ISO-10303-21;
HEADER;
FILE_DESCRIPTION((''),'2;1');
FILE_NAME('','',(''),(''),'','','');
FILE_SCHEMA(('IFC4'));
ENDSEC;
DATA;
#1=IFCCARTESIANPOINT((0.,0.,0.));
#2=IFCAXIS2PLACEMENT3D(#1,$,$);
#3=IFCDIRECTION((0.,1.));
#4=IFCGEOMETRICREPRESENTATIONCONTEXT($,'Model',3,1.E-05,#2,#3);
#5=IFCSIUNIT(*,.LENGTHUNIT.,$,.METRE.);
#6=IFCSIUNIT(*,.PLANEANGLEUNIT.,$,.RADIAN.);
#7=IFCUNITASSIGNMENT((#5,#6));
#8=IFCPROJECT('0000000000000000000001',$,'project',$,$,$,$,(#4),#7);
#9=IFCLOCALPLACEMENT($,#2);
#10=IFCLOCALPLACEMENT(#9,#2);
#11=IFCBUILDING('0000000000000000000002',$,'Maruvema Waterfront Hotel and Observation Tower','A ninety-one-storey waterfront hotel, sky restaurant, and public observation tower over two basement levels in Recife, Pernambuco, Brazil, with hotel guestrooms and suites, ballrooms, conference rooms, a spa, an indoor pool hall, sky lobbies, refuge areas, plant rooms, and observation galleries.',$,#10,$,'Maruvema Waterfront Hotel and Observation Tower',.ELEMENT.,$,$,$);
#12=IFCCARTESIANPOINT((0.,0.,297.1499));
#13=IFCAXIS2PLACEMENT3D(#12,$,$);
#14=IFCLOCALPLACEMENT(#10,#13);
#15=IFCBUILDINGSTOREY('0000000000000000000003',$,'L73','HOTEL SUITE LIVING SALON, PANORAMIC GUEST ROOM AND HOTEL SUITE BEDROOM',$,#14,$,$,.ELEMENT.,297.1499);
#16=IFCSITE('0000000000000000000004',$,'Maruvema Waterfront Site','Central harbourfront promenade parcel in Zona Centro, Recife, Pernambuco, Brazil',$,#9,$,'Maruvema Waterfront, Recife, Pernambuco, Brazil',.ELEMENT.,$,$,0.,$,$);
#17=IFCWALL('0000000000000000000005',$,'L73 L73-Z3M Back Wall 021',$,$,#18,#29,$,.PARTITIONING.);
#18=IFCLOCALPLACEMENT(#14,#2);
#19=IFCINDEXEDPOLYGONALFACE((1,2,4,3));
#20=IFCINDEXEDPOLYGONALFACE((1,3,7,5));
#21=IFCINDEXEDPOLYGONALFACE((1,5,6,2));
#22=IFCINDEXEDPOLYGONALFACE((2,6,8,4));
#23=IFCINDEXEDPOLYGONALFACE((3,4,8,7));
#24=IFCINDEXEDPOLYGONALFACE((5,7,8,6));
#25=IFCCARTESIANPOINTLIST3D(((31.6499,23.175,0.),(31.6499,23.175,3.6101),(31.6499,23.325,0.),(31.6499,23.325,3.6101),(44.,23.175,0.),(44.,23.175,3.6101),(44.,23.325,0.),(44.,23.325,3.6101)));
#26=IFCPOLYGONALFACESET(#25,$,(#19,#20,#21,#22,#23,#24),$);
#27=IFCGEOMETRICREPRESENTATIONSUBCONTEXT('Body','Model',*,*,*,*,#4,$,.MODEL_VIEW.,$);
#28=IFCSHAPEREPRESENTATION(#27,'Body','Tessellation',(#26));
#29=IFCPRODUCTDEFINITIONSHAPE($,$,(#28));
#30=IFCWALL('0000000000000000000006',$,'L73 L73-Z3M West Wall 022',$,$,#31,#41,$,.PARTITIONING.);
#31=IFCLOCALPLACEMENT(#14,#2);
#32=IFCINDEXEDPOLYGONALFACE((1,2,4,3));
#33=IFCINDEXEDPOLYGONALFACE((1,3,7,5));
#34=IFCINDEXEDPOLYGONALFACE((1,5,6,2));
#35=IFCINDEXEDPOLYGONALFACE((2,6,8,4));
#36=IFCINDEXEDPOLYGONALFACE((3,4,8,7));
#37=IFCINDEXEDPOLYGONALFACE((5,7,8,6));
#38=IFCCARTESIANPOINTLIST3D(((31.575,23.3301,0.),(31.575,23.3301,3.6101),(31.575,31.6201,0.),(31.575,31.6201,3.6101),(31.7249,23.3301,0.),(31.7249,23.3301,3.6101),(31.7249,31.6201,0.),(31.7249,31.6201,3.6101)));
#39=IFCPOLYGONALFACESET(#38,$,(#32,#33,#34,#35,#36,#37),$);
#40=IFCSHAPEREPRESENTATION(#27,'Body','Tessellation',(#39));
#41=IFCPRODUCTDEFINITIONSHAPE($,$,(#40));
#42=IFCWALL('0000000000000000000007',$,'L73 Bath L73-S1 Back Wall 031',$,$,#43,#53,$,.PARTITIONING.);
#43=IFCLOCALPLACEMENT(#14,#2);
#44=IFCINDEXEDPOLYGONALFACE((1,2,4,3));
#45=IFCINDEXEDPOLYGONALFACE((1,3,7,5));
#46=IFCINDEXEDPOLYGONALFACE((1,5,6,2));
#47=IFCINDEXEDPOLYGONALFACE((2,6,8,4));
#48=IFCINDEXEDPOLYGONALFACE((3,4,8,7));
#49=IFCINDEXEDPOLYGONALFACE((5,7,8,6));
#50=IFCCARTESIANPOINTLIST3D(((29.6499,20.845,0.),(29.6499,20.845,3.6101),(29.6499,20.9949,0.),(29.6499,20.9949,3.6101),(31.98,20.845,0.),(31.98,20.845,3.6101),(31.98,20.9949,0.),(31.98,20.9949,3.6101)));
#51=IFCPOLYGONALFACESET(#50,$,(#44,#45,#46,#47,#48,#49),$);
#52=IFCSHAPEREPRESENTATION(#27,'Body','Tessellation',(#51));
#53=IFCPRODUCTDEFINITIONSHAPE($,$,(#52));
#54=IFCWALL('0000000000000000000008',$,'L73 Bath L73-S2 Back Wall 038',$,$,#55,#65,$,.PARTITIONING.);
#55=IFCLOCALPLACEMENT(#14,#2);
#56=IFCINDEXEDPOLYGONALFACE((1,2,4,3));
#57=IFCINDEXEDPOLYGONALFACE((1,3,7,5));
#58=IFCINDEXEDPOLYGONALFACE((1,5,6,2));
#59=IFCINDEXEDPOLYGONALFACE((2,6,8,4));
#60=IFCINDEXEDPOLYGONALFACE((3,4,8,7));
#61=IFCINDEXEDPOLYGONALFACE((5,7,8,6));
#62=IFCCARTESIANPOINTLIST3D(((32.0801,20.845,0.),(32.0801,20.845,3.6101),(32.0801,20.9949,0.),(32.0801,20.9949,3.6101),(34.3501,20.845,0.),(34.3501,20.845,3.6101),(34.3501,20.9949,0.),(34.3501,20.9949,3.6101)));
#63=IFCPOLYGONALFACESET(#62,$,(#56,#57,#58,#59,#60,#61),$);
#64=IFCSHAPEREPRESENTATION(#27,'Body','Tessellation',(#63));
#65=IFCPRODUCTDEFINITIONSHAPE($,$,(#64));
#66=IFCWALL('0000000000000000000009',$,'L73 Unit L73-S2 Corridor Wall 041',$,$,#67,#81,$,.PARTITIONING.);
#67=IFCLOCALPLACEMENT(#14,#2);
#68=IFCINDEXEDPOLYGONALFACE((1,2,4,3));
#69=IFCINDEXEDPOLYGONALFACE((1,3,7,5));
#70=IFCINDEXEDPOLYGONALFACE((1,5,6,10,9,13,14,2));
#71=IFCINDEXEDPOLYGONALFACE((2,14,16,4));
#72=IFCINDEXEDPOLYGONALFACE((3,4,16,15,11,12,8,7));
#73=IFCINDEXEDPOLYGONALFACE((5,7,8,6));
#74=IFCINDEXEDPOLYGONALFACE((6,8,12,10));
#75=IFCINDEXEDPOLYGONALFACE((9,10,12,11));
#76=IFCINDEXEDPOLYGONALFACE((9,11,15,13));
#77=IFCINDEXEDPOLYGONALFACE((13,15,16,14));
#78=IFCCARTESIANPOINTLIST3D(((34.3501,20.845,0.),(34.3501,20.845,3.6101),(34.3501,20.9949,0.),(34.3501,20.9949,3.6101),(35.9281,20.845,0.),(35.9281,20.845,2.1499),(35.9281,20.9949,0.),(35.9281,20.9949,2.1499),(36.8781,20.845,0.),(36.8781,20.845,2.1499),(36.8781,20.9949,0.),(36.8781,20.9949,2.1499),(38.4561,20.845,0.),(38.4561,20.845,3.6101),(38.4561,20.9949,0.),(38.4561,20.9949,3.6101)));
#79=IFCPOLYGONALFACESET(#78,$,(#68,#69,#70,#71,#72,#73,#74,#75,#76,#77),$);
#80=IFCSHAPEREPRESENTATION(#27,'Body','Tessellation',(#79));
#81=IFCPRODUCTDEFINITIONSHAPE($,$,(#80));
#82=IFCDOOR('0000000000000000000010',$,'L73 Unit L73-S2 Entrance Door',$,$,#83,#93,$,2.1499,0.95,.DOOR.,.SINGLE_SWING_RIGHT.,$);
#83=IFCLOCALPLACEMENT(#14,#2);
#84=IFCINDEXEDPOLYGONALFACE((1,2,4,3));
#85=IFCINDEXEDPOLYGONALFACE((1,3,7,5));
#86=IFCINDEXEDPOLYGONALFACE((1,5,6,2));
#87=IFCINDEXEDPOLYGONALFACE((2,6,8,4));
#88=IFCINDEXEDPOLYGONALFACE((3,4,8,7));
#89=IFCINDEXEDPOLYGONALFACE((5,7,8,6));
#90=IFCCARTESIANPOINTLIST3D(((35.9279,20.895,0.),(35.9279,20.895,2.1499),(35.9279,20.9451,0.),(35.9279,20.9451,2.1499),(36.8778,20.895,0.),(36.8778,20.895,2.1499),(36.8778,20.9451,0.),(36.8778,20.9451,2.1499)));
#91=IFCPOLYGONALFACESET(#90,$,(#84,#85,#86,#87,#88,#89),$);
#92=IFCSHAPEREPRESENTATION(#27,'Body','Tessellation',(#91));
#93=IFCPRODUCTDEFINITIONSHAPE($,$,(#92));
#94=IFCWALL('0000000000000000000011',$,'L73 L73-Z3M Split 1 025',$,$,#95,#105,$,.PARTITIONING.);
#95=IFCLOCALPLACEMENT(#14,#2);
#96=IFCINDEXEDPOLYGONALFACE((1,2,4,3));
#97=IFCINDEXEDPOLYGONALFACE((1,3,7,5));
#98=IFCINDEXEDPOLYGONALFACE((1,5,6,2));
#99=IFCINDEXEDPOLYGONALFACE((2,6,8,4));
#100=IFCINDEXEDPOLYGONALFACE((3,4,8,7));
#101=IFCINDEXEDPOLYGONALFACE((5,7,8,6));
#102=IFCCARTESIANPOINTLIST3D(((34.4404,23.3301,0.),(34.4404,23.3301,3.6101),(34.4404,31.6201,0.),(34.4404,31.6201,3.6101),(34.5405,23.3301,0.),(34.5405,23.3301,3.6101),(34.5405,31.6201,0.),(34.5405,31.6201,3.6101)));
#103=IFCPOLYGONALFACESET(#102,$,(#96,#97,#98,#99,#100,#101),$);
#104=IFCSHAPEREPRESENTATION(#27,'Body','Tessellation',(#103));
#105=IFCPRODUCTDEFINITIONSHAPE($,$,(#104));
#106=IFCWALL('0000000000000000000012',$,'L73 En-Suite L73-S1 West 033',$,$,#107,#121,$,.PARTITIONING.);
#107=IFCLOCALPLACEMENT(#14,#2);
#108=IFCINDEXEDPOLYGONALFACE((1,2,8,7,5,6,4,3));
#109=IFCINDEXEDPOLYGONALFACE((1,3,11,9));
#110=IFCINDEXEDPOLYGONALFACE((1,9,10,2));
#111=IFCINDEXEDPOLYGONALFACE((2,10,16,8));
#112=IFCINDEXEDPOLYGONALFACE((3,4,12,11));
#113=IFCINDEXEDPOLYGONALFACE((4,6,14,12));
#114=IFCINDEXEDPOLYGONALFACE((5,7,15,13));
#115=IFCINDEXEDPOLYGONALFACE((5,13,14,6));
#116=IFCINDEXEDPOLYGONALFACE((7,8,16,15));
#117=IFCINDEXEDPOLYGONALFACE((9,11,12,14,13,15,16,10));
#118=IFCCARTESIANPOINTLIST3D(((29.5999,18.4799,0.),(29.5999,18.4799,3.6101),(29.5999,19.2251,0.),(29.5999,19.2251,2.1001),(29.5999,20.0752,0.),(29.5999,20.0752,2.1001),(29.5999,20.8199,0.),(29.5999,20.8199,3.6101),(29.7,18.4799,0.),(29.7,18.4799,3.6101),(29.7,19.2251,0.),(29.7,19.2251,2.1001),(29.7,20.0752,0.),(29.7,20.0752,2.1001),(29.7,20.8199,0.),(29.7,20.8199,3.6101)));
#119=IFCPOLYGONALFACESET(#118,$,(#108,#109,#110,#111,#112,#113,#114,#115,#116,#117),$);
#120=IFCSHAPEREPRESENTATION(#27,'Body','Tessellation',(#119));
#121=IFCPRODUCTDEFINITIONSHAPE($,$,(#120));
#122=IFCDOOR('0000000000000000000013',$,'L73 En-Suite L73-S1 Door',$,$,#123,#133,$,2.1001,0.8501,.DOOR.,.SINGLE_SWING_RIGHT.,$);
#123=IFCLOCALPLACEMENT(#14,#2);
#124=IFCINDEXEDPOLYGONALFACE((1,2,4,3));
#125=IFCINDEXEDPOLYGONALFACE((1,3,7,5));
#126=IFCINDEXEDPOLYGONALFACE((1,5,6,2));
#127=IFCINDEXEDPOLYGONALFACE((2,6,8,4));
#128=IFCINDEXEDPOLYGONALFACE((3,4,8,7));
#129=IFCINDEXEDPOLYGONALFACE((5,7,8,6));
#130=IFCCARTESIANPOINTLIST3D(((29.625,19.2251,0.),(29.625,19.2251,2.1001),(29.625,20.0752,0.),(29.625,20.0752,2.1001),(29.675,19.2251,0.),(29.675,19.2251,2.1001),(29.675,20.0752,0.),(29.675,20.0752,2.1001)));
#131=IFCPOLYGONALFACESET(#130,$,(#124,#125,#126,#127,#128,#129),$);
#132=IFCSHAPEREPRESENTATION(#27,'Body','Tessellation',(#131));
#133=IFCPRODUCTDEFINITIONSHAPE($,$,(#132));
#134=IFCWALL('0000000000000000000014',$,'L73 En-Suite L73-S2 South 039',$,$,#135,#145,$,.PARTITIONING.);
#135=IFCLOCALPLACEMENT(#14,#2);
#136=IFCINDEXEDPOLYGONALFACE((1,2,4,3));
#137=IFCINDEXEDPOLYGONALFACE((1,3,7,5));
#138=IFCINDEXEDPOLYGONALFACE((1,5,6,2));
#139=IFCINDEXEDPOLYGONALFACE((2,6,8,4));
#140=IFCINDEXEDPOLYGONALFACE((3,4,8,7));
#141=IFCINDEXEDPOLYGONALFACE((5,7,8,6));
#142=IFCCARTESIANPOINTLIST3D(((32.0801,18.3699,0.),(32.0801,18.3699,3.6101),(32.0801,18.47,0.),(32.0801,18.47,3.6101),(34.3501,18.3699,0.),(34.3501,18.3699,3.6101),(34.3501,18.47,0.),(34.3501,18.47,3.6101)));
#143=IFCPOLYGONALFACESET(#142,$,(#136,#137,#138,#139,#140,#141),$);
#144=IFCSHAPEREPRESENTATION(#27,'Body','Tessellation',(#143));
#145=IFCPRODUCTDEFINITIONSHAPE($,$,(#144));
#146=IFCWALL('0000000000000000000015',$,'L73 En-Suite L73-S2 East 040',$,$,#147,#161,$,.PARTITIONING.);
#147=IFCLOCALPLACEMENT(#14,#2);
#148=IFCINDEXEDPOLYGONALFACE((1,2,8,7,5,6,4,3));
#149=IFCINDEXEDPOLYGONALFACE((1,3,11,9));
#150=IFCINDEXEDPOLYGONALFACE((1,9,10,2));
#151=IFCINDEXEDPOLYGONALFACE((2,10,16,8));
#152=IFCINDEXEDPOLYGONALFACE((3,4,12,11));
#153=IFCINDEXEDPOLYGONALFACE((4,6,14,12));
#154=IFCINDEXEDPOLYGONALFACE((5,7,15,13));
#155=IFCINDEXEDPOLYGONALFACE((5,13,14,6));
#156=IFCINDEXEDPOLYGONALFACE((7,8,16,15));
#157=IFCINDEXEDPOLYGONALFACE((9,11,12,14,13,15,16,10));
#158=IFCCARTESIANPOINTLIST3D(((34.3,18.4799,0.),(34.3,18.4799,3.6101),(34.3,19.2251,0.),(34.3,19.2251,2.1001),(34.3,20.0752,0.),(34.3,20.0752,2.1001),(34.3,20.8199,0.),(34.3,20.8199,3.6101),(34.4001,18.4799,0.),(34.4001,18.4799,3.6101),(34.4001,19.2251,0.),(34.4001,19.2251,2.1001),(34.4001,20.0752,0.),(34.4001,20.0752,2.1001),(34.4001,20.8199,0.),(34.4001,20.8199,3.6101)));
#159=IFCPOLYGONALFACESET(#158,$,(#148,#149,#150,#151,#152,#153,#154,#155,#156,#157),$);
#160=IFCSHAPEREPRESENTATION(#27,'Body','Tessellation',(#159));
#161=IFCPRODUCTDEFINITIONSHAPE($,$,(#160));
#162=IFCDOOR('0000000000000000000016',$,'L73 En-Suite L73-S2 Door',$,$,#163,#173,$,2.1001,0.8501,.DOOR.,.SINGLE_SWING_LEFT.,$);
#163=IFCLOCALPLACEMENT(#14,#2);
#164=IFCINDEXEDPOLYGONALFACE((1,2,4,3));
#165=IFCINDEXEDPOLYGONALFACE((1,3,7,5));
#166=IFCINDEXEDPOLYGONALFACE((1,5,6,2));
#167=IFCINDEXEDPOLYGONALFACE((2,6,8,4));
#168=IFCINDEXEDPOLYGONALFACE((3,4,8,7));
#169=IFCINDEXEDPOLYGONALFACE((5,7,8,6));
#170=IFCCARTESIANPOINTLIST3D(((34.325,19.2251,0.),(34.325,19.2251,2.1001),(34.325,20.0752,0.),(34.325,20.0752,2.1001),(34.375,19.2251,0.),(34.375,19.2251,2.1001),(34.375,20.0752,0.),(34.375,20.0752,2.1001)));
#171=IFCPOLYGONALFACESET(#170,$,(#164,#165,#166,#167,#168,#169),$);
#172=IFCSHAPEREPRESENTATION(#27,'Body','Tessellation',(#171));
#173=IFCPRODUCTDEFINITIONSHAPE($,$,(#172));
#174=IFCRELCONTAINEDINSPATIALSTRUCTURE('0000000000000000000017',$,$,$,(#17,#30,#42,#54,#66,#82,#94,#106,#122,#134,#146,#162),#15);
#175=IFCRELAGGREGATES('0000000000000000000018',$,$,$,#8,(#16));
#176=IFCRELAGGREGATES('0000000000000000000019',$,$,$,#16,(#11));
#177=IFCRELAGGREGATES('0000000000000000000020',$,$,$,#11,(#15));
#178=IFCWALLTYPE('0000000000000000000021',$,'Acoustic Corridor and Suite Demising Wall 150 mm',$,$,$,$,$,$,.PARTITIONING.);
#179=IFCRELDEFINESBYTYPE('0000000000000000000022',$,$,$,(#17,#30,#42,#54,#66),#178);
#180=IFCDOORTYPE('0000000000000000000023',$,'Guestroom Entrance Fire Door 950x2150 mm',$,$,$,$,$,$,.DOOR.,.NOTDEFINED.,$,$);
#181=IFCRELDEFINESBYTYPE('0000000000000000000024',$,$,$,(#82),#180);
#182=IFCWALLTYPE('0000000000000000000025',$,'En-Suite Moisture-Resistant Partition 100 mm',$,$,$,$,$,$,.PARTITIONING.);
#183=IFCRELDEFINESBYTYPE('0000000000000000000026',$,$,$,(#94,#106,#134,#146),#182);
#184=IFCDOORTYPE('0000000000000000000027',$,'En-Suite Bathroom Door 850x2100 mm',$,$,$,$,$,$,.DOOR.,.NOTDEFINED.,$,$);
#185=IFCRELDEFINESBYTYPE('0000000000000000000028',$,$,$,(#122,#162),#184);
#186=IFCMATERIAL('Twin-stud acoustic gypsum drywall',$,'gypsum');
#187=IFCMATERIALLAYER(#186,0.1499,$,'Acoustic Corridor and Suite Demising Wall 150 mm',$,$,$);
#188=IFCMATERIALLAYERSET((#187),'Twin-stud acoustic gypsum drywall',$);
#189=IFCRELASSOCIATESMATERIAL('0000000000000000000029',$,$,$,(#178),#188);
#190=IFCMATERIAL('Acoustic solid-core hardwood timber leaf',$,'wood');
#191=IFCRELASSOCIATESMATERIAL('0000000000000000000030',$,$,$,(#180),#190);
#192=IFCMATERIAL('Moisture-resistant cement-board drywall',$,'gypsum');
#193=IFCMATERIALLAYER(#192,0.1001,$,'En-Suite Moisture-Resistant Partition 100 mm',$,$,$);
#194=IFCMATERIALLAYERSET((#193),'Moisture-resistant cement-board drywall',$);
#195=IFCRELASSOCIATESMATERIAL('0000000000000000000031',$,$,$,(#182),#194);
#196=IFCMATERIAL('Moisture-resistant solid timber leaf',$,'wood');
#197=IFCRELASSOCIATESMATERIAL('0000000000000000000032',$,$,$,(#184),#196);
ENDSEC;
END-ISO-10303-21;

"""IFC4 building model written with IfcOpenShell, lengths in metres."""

from ifc_helpers import new_model, si_unit, direction, frame, frame_2d, origin, place, context, subcontext, project, spatial, rectangle, extrude, material, layer, layer_set, type_object, element, fill, save


model = new_model("IFC4")

# Units and contexts
model_context = context("Model", 3, precision=1e-05, world=origin(), true_north=direction((0.0, 1.0)))
body_context = subcontext(model_context, "Body", "Model", "MODEL_VIEW")
ifc_project = project(units=[si_unit("LENGTHUNIT", "METRE"), si_unit("PLANEANGLEUNIT", "RADIAN")], contexts=[model_context])

# Site, building, storey
site_placement = place(None, origin())
site = spatial("IfcSite", under=ifc_project, at=site_placement, Name="Maruvema Waterfront Site", Description="Central harbourfront promenade parcel in Zona Centro, Recife, Pernambuco, Brazil", LongName="Maruvema Waterfront, Recife, Pernambuco, Brazil", CompositionType="ELEMENT", RefElevation=0.0)
building_placement = place(site_placement, origin())
building = spatial("IfcBuilding", under=site, at=building_placement, Name="Maruvema Waterfront Hotel and Observation Tower", Description="A ninety-one-storey waterfront hotel, sky restaurant, and public observation tower over two basement levels in Recife, Pernambuco, Brazil, with hotel guestrooms and suites, ballrooms, conference rooms, a spa, an indoor pool hall, sky lobbies, refuge areas, plant rooms, and observation galleries.", LongName="Maruvema Waterfront Hotel and Observation Tower", CompositionType="ELEMENT")
storey_placement = place(building_placement, frame((0.0, 0.0, 297.1499)))
storey = spatial("IfcBuildingStorey", under=building, at=storey_placement, Name="L73", Description="HOTEL SUITE LIVING SALON, PANORAMIC GUEST ROOM AND HOTEL SUITE BEDROOM", CompositionType="ELEMENT", Elevation=297.1499)

# Walls
ifc_material_1 = material(Name="Twin-stud acoustic gypsum drywall", Category="gypsum")
ifc_layer_1 = layer(ifc_material_1, 0.1499, Name="Acoustic Corridor and Suite Demising Wall 150 mm")
ifc_layer_set_1 = layer_set([ifc_layer_1], Name="Twin-stud acoustic gypsum drywall")
wall_type_1 = type_object("IfcWallType", Name="Acoustic Corridor and Suite Demising Wall 150 mm", PredefinedType="PARTITIONING", material=ifc_layer_set_1)
wall_1_placement = place(storey_placement, frame((31.6499, 23.25, 0.0), z_axis=(0.0, 0.0, 1.0), x_axis=(1.0, 0.0, 0.0)))
element("IfcWall", 1, at=wall_1_placement, inside=storey, type_object=wall_type_1, Name="L73 L73-Z3M Back Wall 021", PredefinedType="PARTITIONING", context=body_context, shape_type="SweptSolid", body=[
    extrude(rectangle(XDim=12.3501, YDim=0.1499, at=frame_2d((6.175, 0.0))), origin(), (0.0, 0.0, 1.0), 3.6101),
])
wall_2_placement = place(storey_placement, frame((31.6499, 23.3301, 0.0), z_axis=(0.0, 0.0, 1.0), x_axis=(0.0, 1.0, 0.0)))
element("IfcWall", 2, at=wall_2_placement, inside=storey, type_object=wall_type_1, Name="L73 L73-Z3M West Wall 022", PredefinedType="PARTITIONING", context=body_context, shape_type="SweptSolid", body=[
    extrude(rectangle(XDim=8.29, YDim=0.1499, at=frame_2d((4.145, 0.0))), origin(), (0.0, 0.0, 1.0), 3.6101),
])
wall_3_placement = place(storey_placement, frame((29.6499, 20.9199, 0.0), z_axis=(0.0, 0.0, 1.0), x_axis=(1.0, 0.0, 0.0)))
element("IfcWall", 3, at=wall_3_placement, inside=storey, type_object=wall_type_1, Name="L73 Bath L73-S1 Back Wall 031", PredefinedType="PARTITIONING", context=body_context, shape_type="SweptSolid", body=[
    extrude(rectangle(XDim=2.3301, YDim=0.1499, at=frame_2d((1.165, 0.0))), origin(), (0.0, 0.0, 1.0), 3.6101),
])

# Shared definitions
ifc_material_2 = material(Name="Acoustic solid-core hardwood timber leaf", Category="wood")
door_type_1 = type_object("IfcDoorType", Name="Guestroom Entrance Fire Door 950x2150 mm", OperationType="NOTDEFINED", PredefinedType="DOOR", material=ifc_material_2)

# Wall
wall_4_placement = place(storey_placement, frame((32.0801, 20.9199, 0.0), z_axis=(0.0, 0.0, 1.0), x_axis=(1.0, 0.0, 0.0)))
element("IfcWall", 4, at=wall_4_placement, inside=storey, type_object=wall_type_1, Name="L73 Bath L73-S2 Back Wall 038", PredefinedType="PARTITIONING", context=body_context, shape_type="SweptSolid", body=[
    extrude(rectangle(XDim=2.27, YDim=0.1499, at=frame_2d((1.135, 0.0))), origin(), (0.0, 0.0, 1.0), 3.6101),
])

# Wall, opening, door
wall_5_placement = place(storey_placement, frame((34.3501, 20.9199, 0.0), z_axis=(0.0, 0.0, 1.0), x_axis=(1.0, 0.0, 0.0)))
wall_5 = element("IfcWall", 5, at=wall_5_placement, inside=storey, type_object=wall_type_1, Name="L73 Unit L73-S2 Corridor Wall 041", PredefinedType="PARTITIONING", context=body_context, shape_type="SweptSolid", body=[
    extrude(rectangle(XDim=4.106, YDim=0.1499, at=frame_2d((2.053, 0.0))), origin(), (0.0, 0.0, 1.0), 3.6101),
])
opening_1_placement = place(wall_5_placement, frame((1.5779, 0.0, 0.0)))
opening_1 = element("IfcOpeningElement", 6, at=opening_1_placement, cuts=wall_5, PredefinedType="OPENING", context=body_context, shape_type="SweptSolid", body=[
    extrude(rectangle(XDim=0.95, YDim=2.1499, at=frame_2d((0.4751, 1.075))), frame((0.0, 0.085, 0.0), z_axis=(0.0, -1.0, 0.0), x_axis=(1.0, 0.0, 0.0)), (0.0, 0.0, 1.0), 0.1699),
])
door_1_placement = place(opening_1_placement, frame((0.95, 0.0, 0.0), z_axis=(0.0, 0.0, 1.0), x_axis=(-1.0, 0.0, 0.0)))
door_1 = element("IfcDoor", 7, at=door_1_placement, inside=storey, type_object=door_type_1, Name="L73 Unit L73-S2 Entrance Door", OperationType="SINGLE_SWING_RIGHT", OverallHeight=2.1499, OverallWidth=0.95, PredefinedType="DOOR", context=body_context, shape_type="SweptSolid", body=[
    extrude(rectangle(XDim=0.95, YDim=2.1499, at=frame_2d((0.4751, 1.075))), frame((0.0, 0.0249, 0.0), z_axis=(0.0, -1.0, 0.0), x_axis=(1.0, 0.0, 0.0)), (0.0, 0.0, 1.0), 0.05),
])
fill(opening_1, door_1)

# Wall
ifc_material_3 = material(Name="Moisture-resistant cement-board drywall", Category="gypsum")
ifc_layer_2 = layer(ifc_material_3, 0.1001, Name="En-Suite Moisture-Resistant Partition 100 mm")
ifc_layer_set_2 = layer_set([ifc_layer_2], Name="Moisture-resistant cement-board drywall")
wall_type_2 = type_object("IfcWallType", Name="En-Suite Moisture-Resistant Partition 100 mm", PredefinedType="PARTITIONING", material=ifc_layer_set_2)
wall_6_placement = place(storey_placement, frame((34.4905, 23.3301, 0.0), z_axis=(0.0, 0.0, 1.0), x_axis=(0.0, 1.0, 0.0)))
element("IfcWall", 8, at=wall_6_placement, inside=storey, type_object=wall_type_2, Name="L73 L73-Z3M Split 1 025", PredefinedType="PARTITIONING", context=body_context, shape_type="SweptSolid", body=[
    extrude(rectangle(XDim=8.29, YDim=0.1001, at=frame_2d((4.145, 0.0))), origin(), (0.0, 0.0, 1.0), 3.6101),
])

# Wall, opening, door
wall_7_placement = place(storey_placement, frame((29.6499, 18.48, 0.0), z_axis=(0.0, 0.0, 1.0), x_axis=(0.0, 1.0, 0.0)))
wall_7 = element("IfcWall", 9, at=wall_7_placement, inside=storey, type_object=wall_type_2, Name="L73 En-Suite L73-S1 West 033", PredefinedType="PARTITIONING", context=body_context, shape_type="SweptSolid", body=[
    extrude(rectangle(XDim=2.3401, YDim=0.1001, at=frame_2d((1.1699, 0.0))), origin(), (0.0, 0.0, 1.0), 3.6101),
])
opening_2_placement = place(wall_7_placement, frame((0.7451, 0.0, 0.0)))
opening_2 = element("IfcOpeningElement", 10, at=opening_2_placement, cuts=wall_7, PredefinedType="OPENING", context=body_context, shape_type="SweptSolid", body=[
    extrude(rectangle(XDim=0.8501, YDim=2.1001, at=frame_2d((0.425, 1.05))), frame((0.0, 0.0601, 0.0), z_axis=(0.0, -1.0, 0.0), x_axis=(1.0, 0.0, 0.0)), (0.0, 0.0, 1.0), 0.1201),
])
ifc_material_4 = material(Name="Moisture-resistant solid timber leaf", Category="wood")
door_type_2 = type_object("IfcDoorType", Name="En-Suite Bathroom Door 850x2100 mm", OperationType="NOTDEFINED", PredefinedType="DOOR", material=ifc_material_4)
door_2_placement = place(opening_2_placement, origin())
door_2 = element("IfcDoor", 11, at=door_2_placement, inside=storey, type_object=door_type_2, Name="L73 En-Suite L73-S1 Door", OperationType="SINGLE_SWING_RIGHT", OverallHeight=2.1001, OverallWidth=0.8501, PredefinedType="DOOR", context=body_context, shape_type="SweptSolid", body=[
    extrude(rectangle(XDim=0.8501, YDim=2.1001, at=frame_2d((0.425, 1.05))), frame((0.0, 0.0249, 0.0), z_axis=(0.0, -1.0, 0.0), x_axis=(1.0, 0.0, 0.0)), (0.0, 0.0, 1.0), 0.05),
])
fill(opening_2, door_2)

# Wall
wall_8_placement = place(storey_placement, frame((32.0801, 18.4199, 0.0), z_axis=(0.0, 0.0, 1.0), x_axis=(1.0, 0.0, 0.0)))
element("IfcWall", 12, at=wall_8_placement, inside=storey, type_object=wall_type_2, Name="L73 En-Suite L73-S2 South 039", PredefinedType="PARTITIONING", context=body_context, shape_type="SweptSolid", body=[
    extrude(rectangle(XDim=2.27, YDim=0.1001, at=frame_2d((1.135, 0.0))), origin(), (0.0, 0.0, 1.0), 3.6101),
])

# Wall, opening, door
wall_9_placement = place(storey_placement, frame((34.3501, 18.48, 0.0), z_axis=(0.0, 0.0, 1.0), x_axis=(0.0, 1.0, 0.0)))
wall_9 = element("IfcWall", 13, at=wall_9_placement, inside=storey, type_object=wall_type_2, Name="L73 En-Suite L73-S2 East 040", PredefinedType="PARTITIONING", context=body_context, shape_type="SweptSolid", body=[
    extrude(rectangle(XDim=2.3401, YDim=0.1001, at=frame_2d((1.1699, 0.0))), origin(), (0.0, 0.0, 1.0), 3.6101),
])
opening_3_placement = place(wall_9_placement, frame((0.7451, 0.0, 0.0)))
opening_3 = element("IfcOpeningElement", 14, at=opening_3_placement, cuts=wall_9, PredefinedType="OPENING", context=body_context, shape_type="SweptSolid", body=[
    extrude(rectangle(XDim=0.8501, YDim=2.1001, at=frame_2d((0.425, 1.05))), frame((0.0, 0.0601, 0.0), z_axis=(0.0, -1.0, 0.0), x_axis=(1.0, 0.0, 0.0)), (0.0, 0.0, 1.0), 0.1201),
])
door_3_placement = place(opening_3_placement, frame((0.8501, 0.0, 0.0), z_axis=(0.0, 0.0, 1.0), x_axis=(-1.0, 0.0, 0.0)))
door_3 = element("IfcDoor", 15, at=door_3_placement, inside=storey, type_object=door_type_2, Name="L73 En-Suite L73-S2 Door", OperationType="SINGLE_SWING_LEFT", OverallHeight=2.1001, OverallWidth=0.8501, PredefinedType="DOOR", context=body_context, shape_type="SweptSolid", body=[
    extrude(rectangle(XDim=0.8501, YDim=2.1001, at=frame_2d((0.425, 1.05))), frame((0.0, 0.0249, 0.0), z_axis=(0.0, -1.0, 0.0), x_axis=(1.0, 0.0, 0.0)), (0.0, 0.0, 1.0), 0.05),
])
fill(opening_3, door_3)

save(model, "model.ifc")
